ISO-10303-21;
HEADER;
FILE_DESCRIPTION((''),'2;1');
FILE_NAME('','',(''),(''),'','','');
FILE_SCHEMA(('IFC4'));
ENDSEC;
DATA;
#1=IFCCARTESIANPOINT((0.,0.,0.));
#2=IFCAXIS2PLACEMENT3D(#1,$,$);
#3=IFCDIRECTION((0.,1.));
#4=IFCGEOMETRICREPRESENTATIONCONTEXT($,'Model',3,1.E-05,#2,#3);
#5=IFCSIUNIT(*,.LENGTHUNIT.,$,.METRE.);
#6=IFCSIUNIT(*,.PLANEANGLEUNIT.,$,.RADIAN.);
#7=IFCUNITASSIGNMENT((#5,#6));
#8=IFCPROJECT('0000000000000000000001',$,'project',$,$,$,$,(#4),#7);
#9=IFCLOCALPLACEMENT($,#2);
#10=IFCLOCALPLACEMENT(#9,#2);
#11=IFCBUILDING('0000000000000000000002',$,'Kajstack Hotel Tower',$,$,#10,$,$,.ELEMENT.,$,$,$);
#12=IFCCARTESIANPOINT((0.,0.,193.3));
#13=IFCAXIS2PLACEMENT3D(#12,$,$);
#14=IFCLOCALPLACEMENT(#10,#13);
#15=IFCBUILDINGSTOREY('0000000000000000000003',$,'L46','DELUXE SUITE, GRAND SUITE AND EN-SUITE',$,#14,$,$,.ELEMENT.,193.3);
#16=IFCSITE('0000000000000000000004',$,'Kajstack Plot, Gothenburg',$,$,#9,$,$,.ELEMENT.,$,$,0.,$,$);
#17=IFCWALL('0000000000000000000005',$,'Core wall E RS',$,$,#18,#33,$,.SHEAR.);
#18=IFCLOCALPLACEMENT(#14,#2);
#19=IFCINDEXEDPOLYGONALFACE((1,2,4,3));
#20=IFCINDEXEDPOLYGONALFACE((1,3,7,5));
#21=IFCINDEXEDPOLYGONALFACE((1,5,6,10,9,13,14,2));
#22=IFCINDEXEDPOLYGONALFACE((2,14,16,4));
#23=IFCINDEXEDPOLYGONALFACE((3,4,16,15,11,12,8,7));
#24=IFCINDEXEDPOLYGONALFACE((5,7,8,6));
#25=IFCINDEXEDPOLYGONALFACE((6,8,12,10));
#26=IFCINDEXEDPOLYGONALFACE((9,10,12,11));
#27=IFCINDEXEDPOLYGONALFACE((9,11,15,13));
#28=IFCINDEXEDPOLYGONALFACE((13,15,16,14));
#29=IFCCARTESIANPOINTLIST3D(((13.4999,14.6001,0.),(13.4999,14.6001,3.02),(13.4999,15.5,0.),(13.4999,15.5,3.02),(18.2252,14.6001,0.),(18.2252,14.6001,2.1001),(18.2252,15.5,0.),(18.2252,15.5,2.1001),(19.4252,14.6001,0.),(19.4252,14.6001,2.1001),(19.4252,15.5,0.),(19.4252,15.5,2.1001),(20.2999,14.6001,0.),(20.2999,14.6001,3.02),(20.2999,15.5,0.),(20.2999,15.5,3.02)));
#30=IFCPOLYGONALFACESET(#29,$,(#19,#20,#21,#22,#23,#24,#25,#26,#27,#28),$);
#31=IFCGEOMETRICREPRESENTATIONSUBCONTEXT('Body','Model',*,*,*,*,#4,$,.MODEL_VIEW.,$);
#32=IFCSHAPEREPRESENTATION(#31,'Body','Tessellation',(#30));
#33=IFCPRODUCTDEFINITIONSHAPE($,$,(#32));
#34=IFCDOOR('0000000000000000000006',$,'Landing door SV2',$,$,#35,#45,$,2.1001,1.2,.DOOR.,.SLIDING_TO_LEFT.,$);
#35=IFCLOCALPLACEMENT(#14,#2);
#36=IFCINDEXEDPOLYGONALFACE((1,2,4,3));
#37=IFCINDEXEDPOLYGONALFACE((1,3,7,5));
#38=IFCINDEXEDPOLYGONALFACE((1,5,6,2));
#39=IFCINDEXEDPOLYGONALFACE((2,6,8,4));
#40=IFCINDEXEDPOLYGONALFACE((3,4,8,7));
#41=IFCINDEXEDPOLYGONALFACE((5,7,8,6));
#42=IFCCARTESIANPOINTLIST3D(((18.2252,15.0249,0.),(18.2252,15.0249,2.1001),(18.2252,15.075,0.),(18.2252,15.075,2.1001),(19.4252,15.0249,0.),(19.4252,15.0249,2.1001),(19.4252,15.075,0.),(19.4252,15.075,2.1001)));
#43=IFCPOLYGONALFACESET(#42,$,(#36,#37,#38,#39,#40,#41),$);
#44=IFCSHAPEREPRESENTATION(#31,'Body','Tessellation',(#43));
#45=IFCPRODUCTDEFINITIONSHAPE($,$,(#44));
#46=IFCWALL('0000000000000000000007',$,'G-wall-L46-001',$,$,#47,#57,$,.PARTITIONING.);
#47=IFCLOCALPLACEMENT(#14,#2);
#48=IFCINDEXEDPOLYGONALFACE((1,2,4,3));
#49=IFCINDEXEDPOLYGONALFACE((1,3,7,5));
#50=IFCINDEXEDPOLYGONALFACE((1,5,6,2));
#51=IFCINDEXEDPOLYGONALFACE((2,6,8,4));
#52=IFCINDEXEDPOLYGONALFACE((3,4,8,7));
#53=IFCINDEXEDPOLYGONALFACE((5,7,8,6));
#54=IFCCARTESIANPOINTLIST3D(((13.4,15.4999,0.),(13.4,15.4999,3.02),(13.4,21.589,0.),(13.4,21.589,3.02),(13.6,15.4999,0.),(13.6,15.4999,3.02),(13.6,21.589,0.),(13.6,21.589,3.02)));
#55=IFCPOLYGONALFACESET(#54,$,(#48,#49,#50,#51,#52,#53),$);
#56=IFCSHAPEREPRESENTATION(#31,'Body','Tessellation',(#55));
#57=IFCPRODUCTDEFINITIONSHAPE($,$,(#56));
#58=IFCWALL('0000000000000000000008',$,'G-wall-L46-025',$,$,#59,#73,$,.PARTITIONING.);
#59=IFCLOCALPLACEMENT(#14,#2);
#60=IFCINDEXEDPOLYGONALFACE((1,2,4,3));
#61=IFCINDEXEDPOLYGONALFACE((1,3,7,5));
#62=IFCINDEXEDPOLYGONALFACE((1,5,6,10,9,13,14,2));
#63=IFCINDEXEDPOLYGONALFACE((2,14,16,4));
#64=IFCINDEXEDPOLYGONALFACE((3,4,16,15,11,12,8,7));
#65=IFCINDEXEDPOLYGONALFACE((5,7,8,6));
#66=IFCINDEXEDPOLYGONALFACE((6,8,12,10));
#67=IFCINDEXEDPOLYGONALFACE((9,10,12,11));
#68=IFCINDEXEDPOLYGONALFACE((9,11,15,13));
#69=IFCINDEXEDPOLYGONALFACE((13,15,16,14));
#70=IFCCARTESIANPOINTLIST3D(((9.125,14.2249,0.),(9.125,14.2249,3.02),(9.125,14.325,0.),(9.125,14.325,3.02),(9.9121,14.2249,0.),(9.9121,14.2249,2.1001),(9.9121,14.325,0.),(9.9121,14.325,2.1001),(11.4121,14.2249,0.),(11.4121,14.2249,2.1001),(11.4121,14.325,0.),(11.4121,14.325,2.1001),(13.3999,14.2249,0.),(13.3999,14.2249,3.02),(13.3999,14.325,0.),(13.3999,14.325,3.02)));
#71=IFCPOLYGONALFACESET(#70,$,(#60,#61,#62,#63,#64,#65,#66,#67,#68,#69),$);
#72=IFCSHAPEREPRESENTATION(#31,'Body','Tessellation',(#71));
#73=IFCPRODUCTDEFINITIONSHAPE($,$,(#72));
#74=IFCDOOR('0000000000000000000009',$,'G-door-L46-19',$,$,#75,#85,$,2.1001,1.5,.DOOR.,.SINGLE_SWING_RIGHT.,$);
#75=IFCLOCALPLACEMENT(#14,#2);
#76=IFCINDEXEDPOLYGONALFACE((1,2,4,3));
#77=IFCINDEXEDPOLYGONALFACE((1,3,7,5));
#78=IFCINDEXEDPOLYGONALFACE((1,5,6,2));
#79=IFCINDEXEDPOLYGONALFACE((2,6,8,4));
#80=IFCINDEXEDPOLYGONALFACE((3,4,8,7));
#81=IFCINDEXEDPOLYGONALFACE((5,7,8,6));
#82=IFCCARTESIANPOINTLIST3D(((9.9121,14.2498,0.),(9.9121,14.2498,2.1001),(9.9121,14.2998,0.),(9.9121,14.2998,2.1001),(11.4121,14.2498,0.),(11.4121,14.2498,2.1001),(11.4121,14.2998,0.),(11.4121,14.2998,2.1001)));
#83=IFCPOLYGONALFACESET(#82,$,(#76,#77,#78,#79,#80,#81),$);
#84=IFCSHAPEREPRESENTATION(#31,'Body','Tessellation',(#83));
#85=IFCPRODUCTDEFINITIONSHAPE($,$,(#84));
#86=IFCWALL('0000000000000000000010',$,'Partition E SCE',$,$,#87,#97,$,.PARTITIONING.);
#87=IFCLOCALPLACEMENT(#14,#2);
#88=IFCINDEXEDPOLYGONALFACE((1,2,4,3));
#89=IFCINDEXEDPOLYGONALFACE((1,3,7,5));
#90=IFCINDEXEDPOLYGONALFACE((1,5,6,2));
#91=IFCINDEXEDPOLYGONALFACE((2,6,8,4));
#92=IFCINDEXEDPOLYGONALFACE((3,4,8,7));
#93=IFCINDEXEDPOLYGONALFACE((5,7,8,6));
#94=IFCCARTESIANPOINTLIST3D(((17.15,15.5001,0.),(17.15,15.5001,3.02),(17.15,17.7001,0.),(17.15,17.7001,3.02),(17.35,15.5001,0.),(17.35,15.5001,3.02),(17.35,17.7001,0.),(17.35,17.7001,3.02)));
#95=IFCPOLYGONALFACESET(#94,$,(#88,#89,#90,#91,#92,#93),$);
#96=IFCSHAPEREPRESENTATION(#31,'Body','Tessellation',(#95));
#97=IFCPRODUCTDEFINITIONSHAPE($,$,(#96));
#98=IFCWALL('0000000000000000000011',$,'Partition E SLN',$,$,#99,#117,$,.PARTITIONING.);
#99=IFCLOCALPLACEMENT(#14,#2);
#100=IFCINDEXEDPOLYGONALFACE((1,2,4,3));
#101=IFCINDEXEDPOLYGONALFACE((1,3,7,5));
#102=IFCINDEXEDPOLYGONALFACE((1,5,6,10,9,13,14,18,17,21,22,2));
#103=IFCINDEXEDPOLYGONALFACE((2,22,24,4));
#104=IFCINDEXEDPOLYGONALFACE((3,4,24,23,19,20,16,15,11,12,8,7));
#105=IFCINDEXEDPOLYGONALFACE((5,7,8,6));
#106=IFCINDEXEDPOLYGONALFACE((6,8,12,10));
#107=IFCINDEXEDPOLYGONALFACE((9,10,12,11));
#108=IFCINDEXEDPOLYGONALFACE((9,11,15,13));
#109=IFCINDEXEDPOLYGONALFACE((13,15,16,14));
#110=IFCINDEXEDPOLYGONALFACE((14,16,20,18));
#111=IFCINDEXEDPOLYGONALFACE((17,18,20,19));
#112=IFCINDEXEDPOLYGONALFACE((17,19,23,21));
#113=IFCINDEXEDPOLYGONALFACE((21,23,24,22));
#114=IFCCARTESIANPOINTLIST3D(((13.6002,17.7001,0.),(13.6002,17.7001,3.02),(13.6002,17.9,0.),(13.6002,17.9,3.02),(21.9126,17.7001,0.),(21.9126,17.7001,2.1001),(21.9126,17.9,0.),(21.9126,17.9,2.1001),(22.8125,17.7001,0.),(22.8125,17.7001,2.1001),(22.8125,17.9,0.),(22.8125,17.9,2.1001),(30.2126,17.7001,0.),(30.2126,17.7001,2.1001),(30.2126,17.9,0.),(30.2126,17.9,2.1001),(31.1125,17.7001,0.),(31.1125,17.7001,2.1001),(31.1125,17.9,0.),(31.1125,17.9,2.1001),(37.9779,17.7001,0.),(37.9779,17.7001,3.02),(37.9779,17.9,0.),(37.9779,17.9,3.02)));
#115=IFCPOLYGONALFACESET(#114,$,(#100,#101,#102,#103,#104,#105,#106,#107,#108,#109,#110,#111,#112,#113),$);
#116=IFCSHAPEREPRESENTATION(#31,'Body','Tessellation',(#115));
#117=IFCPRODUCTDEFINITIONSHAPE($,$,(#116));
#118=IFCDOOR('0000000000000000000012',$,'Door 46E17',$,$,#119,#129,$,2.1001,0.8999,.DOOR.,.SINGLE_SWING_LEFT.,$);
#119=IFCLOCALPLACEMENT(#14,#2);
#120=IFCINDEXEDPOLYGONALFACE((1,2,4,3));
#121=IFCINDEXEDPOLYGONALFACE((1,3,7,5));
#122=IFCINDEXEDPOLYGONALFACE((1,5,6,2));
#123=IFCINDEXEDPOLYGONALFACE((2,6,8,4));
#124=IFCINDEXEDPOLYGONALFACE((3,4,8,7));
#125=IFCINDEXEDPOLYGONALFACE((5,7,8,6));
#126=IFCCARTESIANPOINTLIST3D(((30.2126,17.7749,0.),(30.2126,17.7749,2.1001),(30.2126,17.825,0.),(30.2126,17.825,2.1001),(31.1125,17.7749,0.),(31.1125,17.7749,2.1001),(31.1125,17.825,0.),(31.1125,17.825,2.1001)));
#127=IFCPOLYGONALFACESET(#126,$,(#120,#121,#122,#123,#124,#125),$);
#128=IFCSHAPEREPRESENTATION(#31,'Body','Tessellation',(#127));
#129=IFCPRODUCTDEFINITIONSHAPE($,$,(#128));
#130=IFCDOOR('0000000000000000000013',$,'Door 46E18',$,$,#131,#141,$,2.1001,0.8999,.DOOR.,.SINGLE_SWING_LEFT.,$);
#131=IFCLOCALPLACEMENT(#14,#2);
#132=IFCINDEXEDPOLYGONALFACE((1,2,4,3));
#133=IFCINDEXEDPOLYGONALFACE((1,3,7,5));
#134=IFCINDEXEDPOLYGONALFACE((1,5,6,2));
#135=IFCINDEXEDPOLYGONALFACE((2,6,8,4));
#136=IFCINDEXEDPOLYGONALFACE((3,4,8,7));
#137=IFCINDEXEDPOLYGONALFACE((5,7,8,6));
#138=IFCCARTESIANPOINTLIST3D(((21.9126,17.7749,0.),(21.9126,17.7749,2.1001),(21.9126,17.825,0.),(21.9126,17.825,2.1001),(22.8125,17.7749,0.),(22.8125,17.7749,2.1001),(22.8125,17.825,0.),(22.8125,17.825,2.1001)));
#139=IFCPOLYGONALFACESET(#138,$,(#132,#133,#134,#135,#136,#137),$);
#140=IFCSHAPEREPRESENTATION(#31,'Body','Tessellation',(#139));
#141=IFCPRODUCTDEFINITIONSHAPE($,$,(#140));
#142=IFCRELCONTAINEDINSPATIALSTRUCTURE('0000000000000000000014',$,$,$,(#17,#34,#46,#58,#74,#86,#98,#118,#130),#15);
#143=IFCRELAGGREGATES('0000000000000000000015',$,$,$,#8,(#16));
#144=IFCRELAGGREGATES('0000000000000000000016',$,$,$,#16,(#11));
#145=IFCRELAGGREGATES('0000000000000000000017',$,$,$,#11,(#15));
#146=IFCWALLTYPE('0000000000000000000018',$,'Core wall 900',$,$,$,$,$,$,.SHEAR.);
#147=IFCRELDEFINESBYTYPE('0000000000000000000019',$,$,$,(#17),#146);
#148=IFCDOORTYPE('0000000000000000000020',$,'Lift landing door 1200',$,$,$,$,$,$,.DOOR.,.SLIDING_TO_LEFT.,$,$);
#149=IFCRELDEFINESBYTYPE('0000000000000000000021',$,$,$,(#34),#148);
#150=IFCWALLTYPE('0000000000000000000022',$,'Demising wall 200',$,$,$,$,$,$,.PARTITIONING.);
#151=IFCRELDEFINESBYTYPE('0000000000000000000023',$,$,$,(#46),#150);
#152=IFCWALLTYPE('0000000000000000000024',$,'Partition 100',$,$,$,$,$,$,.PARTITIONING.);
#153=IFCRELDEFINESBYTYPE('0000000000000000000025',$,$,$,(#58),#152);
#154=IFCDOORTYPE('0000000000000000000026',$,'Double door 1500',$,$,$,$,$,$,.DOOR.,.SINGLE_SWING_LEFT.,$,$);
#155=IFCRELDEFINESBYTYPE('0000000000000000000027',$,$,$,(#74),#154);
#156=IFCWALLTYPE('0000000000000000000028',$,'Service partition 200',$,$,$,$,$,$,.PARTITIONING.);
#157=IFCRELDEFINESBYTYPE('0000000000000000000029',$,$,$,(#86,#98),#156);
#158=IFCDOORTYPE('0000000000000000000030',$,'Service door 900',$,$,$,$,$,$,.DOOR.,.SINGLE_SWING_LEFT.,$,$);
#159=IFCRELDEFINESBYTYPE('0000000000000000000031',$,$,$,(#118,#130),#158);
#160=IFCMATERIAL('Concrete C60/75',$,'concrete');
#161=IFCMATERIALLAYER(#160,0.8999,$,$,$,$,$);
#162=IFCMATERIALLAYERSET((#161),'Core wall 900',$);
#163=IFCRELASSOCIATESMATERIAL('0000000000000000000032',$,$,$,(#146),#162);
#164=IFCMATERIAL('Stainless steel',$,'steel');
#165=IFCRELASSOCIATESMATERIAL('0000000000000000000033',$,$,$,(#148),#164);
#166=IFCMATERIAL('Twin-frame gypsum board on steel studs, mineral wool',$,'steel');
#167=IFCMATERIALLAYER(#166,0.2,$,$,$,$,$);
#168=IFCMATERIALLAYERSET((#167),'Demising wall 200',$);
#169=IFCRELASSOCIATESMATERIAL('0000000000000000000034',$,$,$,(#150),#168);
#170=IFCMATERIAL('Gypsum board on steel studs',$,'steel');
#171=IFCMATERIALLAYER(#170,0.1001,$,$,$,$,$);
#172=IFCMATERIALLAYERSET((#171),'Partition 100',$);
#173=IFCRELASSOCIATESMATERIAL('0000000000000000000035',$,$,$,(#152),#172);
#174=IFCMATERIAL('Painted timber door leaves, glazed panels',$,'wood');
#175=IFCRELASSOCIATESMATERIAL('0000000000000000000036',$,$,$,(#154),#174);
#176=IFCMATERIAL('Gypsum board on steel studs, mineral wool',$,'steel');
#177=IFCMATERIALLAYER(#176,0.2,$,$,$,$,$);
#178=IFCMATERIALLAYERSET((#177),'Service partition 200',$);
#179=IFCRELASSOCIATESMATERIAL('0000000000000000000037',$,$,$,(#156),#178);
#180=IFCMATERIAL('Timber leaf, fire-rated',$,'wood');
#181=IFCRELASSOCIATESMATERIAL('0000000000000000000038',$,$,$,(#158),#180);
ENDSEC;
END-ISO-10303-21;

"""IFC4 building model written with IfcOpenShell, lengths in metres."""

from ifc_helpers import new_model, si_unit, direction, frame, frame_2d, origin, place, context, subcontext, project, spatial, rectangle, extrude, material, layer, layer_set, type_object, element, fill, save


model = new_model("IFC4")

# Units and contexts
model_context = context("Model", 3, precision=1e-05, world=origin(), true_north=direction((0.0, 1.0)))
body_context = subcontext(model_context, "Body", "Model", "MODEL_VIEW")
ifc_project = project(units=[si_unit("LENGTHUNIT", "METRE"), si_unit("PLANEANGLEUNIT", "RADIAN")], contexts=[model_context])

# Site, building, storey
site_placement = place(None, origin())
site = spatial("IfcSite", under=ifc_project, at=site_placement, Name="Kajstack Plot, Gothenburg", CompositionType="ELEMENT", RefElevation=0.0)
building_placement = place(site_placement, origin())
building = spatial("IfcBuilding", under=site, at=building_placement, Name="Kajstack Hotel Tower", CompositionType="ELEMENT")
storey_placement = place(building_placement, frame((0.0, 0.0, 193.3)))
storey = spatial("IfcBuildingStorey", under=building, at=storey_placement, Name="L46", Description="DELUXE SUITE, GRAND SUITE AND EN-SUITE", CompositionType="ELEMENT", Elevation=193.3)

# Wall, opening, door
ifc_material_1 = material(Name="Concrete C60/75", Category="concrete")
ifc_layer_1 = layer(ifc_material_1, 0.8999)
ifc_layer_set_1 = layer_set([ifc_layer_1], Name="Core wall 900")
wall_type_1 = type_object("IfcWallType", Name="Core wall 900", PredefinedType="SHEAR", material=ifc_layer_set_1)
wall_1_placement = place(storey_placement, frame((13.5, 15.05, 0.0), z_axis=(0.0, 0.0, 1.0), x_axis=(1.0, 0.0, 0.0)))
wall_1 = element("IfcWall", 1, at=wall_1_placement, inside=storey, type_object=wall_type_1, Name="Core wall E RS", PredefinedType="SHEAR", context=body_context, shape_type="SweptSolid", body=[
    extrude(rectangle(XDim=6.8, YDim=0.8999, at=frame_2d((3.3999, 0.0))), origin(), (0.0, 0.0, 1.0), 3.02),
])
opening_1_placement = place(wall_1_placement, frame((4.7251, 0.0, 0.0)))
opening_1 = element("IfcOpeningElement", 2, at=opening_1_placement, cuts=wall_1, PredefinedType="OPENING", context=body_context, shape_type="SweptSolid", body=[
    extrude(rectangle(XDim=1.2, YDim=2.1001, at=frame_2d((0.6001, 1.05))), frame((0.0, 0.46, 0.0), z_axis=(0.0, -1.0, 0.0), x_axis=(1.0, 0.0, 0.0)), (0.0, 0.0, 1.0), 0.9199),
])
ifc_material_2 = material(Name="Stainless steel", Category="steel")
door_type_1 = type_object("IfcDoorType", Name="Lift landing door 1200", OperationType="SLIDING_TO_LEFT", PredefinedType="DOOR", material=ifc_material_2)
door_1_placement = place(opening_1_placement, origin())
door_1 = element("IfcDoor", 3, at=door_1_placement, inside=storey, type_object=door_type_1, Name="Landing door SV2", OperationType="SLIDING_TO_LEFT", OverallHeight=2.1001, OverallWidth=1.2, PredefinedType="DOOR", context=body_context, shape_type="SweptSolid", body=[
    extrude(rectangle(XDim=1.2, YDim=2.1001, at=frame_2d((0.6001, 1.05))), frame((0.0, 0.0249, 0.0), z_axis=(0.0, -1.0, 0.0), x_axis=(1.0, 0.0, 0.0)), (0.0, 0.0, 1.0), 0.05),
])
fill(opening_1, door_1)

# Wall
ifc_material_3 = material(Name="Twin-frame gypsum board on steel studs, mineral wool", Category="steel")
ifc_layer_2 = layer(ifc_material_3, 0.2)
ifc_layer_set_2 = layer_set([ifc_layer_2], Name="Demising wall 200")
wall_type_2 = type_object("IfcWallType", Name="Demising wall 200", PredefinedType="PARTITIONING", material=ifc_layer_set_2)
wall_2_placement = place(storey_placement, frame((13.5, 15.5, 0.0), z_axis=(0.0, 0.0, 1.0), x_axis=(0.0, 1.0, 0.0)))
element("IfcWall", 4, at=wall_2_placement, inside=storey, type_object=wall_type_2, Name="G-wall-L46-001", PredefinedType="PARTITIONING", context=body_context, shape_type="SweptSolid", body=[
    extrude(rectangle(XDim=6.0891, YDim=0.2, at=frame_2d((3.0444, 0.0))), origin(), (0.0, 0.0, 1.0), 3.02),
])

# Wall, opening, door
ifc_material_4 = material(Name="Gypsum board on steel studs", Category="steel")
ifc_layer_3 = layer(ifc_material_4, 0.1001)
ifc_layer_set_3 = layer_set([ifc_layer_3], Name="Partition 100")
wall_type_3 = type_object("IfcWallType", Name="Partition 100", PredefinedType="PARTITIONING", material=ifc_layer_set_3)
wall_3_placement = place(storey_placement, frame((9.125, 14.2749, 0.0), z_axis=(0.0, 0.0, 1.0), x_axis=(1.0, 0.0, 0.0)))
wall_3 = element("IfcWall", 5, at=wall_3_placement, inside=storey, type_object=wall_type_3, Name="G-wall-L46-025", PredefinedType="PARTITIONING", context=body_context, shape_type="SweptSolid", body=[
    extrude(rectangle(XDim=4.2749, YDim=0.1001, at=frame_2d((2.1375, 0.0))), origin(), (0.0, 0.0, 1.0), 3.02),
])
opening_2_placement = place(wall_3_placement, frame((0.7871, 0.0, 0.0)))
opening_2 = element("IfcOpeningElement", 6, at=opening_2_placement, cuts=wall_3, PredefinedType="OPENING", context=body_context, shape_type="SweptSolid", body=[
    extrude(rectangle(XDim=1.5, YDim=2.1001, at=frame_2d((0.75, 1.05))), frame((0.0, 0.0601, 0.0), z_axis=(0.0, -1.0, 0.0), x_axis=(1.0, 0.0, 0.0)), (0.0, 0.0, 1.0), 0.1201),
])
ifc_material_5 = material(Name="Painted timber door leaves, glazed panels", Category="wood")
door_type_2 = type_object("IfcDoorType", Name="Double door 1500", OperationType="SINGLE_SWING_LEFT", PredefinedType="DOOR", material=ifc_material_5)
door_2_placement = place(opening_2_placement, origin())
door_2 = element("IfcDoor", 7, at=door_2_placement, inside=storey, type_object=door_type_2, Name="G-door-L46-19", OperationType="SINGLE_SWING_RIGHT", OverallHeight=2.1001, OverallWidth=1.5, PredefinedType="DOOR", context=body_context, shape_type="SweptSolid", body=[
    extrude(rectangle(XDim=1.5, YDim=2.1001, at=frame_2d((0.75, 1.05))), frame((0.0, 0.0249, 0.0), z_axis=(0.0, -1.0, 0.0), x_axis=(1.0, 0.0, 0.0)), (0.0, 0.0, 1.0), 0.05),
])
fill(opening_2, door_2)

# Wall
ifc_material_6 = material(Name="Gypsum board on steel studs, mineral wool", Category="steel")
ifc_layer_4 = layer(ifc_material_6, 0.2)
ifc_layer_set_4 = layer_set([ifc_layer_4], Name="Service partition 200")
wall_type_4 = type_object("IfcWallType", Name="Service partition 200", PredefinedType="PARTITIONING", material=ifc_layer_set_4)
wall_4_placement = place(storey_placement, frame((17.25, 15.5, 0.0), z_axis=(0.0, 0.0, 1.0), x_axis=(0.0, 1.0, 0.0)))
element("IfcWall", 8, at=wall_4_placement, inside=storey, type_object=wall_type_4, Name="Partition E SCE", PredefinedType="PARTITIONING", context=body_context, shape_type="SweptSolid", body=[
    extrude(rectangle(XDim=2.2, YDim=0.2, at=frame_2d((1.1001, 0.0))), origin(), (0.0, 0.0, 1.0), 3.02),
])

# Wall, openings, doors
wall_5_placement = place(storey_placement, frame((13.6001, 17.8, 0.0), z_axis=(0.0, 0.0, 1.0), x_axis=(1.0, 0.0, 0.0)))
wall_5 = element("IfcWall", 9, at=wall_5_placement, inside=storey, type_object=wall_type_4, Name="Partition E SLN", PredefinedType="PARTITIONING", context=body_context, shape_type="SweptSolid", body=[
    extrude(rectangle(XDim=24.3777, YDim=0.2, at=frame_2d((12.189, 0.0))), origin(), (0.0, 0.0, 1.0), 3.02),
])
opening_3_placement = place(wall_5_placement, frame((16.6125, 0.0, 0.0)))
opening_3 = element("IfcOpeningElement", 10, at=opening_3_placement, cuts=wall_5, PredefinedType="OPENING", context=body_context, shape_type="SweptSolid", body=[
    extrude(rectangle(XDim=0.8999, YDim=2.1001, at=frame_2d((0.45, 1.05))), frame((0.0, 0.1099, 0.0), z_axis=(0.0, -1.0, 0.0), x_axis=(1.0, 0.0, 0.0)), (0.0, 0.0, 1.0), 0.22),
])
opening_4_placement = place(wall_5_placement, frame((8.3125, 0.0, 0.0)))
opening_4 = element("IfcOpeningElement", 11, at=opening_4_placement, cuts=wall_5, PredefinedType="OPENING", context=body_context, shape_type="SweptSolid", body=[
    extrude(rectangle(XDim=0.8999, YDim=2.1001, at=frame_2d((0.45, 1.05))), frame((0.0, 0.1099, 0.0), z_axis=(0.0, -1.0, 0.0), x_axis=(1.0, 0.0, 0.0)), (0.0, 0.0, 1.0), 0.22),
])
ifc_material_7 = material(Name="Timber leaf, fire-rated", Category="wood")
door_type_3 = type_object("IfcDoorType", Name="Service door 900", OperationType="SINGLE_SWING_LEFT", PredefinedType="DOOR", material=ifc_material_7)
door_3_placement = place(opening_3_placement, origin())
door_3 = element("IfcDoor", 12, at=door_3_placement, inside=storey, type_object=door_type_3, Name="Door 46E17", OperationType="SINGLE_SWING_LEFT", OverallHeight=2.1001, OverallWidth=0.8999, PredefinedType="DOOR", context=body_context, shape_type="SweptSolid", body=[
    extrude(rectangle(XDim=0.8999, YDim=2.1001, at=frame_2d((0.45, 1.05))), frame((0.0, 0.0249, 0.0), z_axis=(0.0, -1.0, 0.0), x_axis=(1.0, 0.0, 0.0)), (0.0, 0.0, 1.0), 0.05),
])
fill(opening_3, door_3)
door_4_placement = place(opening_4_placement, origin())
door_4 = element("IfcDoor", 13, at=door_4_placement, inside=storey, type_object=door_type_3, Name="Door 46E18", OperationType="SINGLE_SWING_LEFT", OverallHeight=2.1001, OverallWidth=0.8999, PredefinedType="DOOR", context=body_context, shape_type="SweptSolid", body=[
    extrude(rectangle(XDim=0.8999, YDim=2.1001, at=frame_2d((0.45, 1.05))), frame((0.0, 0.0249, 0.0), z_axis=(0.0, -1.0, 0.0), x_axis=(1.0, 0.0, 0.0)), (0.0, 0.0, 1.0), 0.05),
])
fill(opening_4, door_4)

save(model, "model.ifc")
